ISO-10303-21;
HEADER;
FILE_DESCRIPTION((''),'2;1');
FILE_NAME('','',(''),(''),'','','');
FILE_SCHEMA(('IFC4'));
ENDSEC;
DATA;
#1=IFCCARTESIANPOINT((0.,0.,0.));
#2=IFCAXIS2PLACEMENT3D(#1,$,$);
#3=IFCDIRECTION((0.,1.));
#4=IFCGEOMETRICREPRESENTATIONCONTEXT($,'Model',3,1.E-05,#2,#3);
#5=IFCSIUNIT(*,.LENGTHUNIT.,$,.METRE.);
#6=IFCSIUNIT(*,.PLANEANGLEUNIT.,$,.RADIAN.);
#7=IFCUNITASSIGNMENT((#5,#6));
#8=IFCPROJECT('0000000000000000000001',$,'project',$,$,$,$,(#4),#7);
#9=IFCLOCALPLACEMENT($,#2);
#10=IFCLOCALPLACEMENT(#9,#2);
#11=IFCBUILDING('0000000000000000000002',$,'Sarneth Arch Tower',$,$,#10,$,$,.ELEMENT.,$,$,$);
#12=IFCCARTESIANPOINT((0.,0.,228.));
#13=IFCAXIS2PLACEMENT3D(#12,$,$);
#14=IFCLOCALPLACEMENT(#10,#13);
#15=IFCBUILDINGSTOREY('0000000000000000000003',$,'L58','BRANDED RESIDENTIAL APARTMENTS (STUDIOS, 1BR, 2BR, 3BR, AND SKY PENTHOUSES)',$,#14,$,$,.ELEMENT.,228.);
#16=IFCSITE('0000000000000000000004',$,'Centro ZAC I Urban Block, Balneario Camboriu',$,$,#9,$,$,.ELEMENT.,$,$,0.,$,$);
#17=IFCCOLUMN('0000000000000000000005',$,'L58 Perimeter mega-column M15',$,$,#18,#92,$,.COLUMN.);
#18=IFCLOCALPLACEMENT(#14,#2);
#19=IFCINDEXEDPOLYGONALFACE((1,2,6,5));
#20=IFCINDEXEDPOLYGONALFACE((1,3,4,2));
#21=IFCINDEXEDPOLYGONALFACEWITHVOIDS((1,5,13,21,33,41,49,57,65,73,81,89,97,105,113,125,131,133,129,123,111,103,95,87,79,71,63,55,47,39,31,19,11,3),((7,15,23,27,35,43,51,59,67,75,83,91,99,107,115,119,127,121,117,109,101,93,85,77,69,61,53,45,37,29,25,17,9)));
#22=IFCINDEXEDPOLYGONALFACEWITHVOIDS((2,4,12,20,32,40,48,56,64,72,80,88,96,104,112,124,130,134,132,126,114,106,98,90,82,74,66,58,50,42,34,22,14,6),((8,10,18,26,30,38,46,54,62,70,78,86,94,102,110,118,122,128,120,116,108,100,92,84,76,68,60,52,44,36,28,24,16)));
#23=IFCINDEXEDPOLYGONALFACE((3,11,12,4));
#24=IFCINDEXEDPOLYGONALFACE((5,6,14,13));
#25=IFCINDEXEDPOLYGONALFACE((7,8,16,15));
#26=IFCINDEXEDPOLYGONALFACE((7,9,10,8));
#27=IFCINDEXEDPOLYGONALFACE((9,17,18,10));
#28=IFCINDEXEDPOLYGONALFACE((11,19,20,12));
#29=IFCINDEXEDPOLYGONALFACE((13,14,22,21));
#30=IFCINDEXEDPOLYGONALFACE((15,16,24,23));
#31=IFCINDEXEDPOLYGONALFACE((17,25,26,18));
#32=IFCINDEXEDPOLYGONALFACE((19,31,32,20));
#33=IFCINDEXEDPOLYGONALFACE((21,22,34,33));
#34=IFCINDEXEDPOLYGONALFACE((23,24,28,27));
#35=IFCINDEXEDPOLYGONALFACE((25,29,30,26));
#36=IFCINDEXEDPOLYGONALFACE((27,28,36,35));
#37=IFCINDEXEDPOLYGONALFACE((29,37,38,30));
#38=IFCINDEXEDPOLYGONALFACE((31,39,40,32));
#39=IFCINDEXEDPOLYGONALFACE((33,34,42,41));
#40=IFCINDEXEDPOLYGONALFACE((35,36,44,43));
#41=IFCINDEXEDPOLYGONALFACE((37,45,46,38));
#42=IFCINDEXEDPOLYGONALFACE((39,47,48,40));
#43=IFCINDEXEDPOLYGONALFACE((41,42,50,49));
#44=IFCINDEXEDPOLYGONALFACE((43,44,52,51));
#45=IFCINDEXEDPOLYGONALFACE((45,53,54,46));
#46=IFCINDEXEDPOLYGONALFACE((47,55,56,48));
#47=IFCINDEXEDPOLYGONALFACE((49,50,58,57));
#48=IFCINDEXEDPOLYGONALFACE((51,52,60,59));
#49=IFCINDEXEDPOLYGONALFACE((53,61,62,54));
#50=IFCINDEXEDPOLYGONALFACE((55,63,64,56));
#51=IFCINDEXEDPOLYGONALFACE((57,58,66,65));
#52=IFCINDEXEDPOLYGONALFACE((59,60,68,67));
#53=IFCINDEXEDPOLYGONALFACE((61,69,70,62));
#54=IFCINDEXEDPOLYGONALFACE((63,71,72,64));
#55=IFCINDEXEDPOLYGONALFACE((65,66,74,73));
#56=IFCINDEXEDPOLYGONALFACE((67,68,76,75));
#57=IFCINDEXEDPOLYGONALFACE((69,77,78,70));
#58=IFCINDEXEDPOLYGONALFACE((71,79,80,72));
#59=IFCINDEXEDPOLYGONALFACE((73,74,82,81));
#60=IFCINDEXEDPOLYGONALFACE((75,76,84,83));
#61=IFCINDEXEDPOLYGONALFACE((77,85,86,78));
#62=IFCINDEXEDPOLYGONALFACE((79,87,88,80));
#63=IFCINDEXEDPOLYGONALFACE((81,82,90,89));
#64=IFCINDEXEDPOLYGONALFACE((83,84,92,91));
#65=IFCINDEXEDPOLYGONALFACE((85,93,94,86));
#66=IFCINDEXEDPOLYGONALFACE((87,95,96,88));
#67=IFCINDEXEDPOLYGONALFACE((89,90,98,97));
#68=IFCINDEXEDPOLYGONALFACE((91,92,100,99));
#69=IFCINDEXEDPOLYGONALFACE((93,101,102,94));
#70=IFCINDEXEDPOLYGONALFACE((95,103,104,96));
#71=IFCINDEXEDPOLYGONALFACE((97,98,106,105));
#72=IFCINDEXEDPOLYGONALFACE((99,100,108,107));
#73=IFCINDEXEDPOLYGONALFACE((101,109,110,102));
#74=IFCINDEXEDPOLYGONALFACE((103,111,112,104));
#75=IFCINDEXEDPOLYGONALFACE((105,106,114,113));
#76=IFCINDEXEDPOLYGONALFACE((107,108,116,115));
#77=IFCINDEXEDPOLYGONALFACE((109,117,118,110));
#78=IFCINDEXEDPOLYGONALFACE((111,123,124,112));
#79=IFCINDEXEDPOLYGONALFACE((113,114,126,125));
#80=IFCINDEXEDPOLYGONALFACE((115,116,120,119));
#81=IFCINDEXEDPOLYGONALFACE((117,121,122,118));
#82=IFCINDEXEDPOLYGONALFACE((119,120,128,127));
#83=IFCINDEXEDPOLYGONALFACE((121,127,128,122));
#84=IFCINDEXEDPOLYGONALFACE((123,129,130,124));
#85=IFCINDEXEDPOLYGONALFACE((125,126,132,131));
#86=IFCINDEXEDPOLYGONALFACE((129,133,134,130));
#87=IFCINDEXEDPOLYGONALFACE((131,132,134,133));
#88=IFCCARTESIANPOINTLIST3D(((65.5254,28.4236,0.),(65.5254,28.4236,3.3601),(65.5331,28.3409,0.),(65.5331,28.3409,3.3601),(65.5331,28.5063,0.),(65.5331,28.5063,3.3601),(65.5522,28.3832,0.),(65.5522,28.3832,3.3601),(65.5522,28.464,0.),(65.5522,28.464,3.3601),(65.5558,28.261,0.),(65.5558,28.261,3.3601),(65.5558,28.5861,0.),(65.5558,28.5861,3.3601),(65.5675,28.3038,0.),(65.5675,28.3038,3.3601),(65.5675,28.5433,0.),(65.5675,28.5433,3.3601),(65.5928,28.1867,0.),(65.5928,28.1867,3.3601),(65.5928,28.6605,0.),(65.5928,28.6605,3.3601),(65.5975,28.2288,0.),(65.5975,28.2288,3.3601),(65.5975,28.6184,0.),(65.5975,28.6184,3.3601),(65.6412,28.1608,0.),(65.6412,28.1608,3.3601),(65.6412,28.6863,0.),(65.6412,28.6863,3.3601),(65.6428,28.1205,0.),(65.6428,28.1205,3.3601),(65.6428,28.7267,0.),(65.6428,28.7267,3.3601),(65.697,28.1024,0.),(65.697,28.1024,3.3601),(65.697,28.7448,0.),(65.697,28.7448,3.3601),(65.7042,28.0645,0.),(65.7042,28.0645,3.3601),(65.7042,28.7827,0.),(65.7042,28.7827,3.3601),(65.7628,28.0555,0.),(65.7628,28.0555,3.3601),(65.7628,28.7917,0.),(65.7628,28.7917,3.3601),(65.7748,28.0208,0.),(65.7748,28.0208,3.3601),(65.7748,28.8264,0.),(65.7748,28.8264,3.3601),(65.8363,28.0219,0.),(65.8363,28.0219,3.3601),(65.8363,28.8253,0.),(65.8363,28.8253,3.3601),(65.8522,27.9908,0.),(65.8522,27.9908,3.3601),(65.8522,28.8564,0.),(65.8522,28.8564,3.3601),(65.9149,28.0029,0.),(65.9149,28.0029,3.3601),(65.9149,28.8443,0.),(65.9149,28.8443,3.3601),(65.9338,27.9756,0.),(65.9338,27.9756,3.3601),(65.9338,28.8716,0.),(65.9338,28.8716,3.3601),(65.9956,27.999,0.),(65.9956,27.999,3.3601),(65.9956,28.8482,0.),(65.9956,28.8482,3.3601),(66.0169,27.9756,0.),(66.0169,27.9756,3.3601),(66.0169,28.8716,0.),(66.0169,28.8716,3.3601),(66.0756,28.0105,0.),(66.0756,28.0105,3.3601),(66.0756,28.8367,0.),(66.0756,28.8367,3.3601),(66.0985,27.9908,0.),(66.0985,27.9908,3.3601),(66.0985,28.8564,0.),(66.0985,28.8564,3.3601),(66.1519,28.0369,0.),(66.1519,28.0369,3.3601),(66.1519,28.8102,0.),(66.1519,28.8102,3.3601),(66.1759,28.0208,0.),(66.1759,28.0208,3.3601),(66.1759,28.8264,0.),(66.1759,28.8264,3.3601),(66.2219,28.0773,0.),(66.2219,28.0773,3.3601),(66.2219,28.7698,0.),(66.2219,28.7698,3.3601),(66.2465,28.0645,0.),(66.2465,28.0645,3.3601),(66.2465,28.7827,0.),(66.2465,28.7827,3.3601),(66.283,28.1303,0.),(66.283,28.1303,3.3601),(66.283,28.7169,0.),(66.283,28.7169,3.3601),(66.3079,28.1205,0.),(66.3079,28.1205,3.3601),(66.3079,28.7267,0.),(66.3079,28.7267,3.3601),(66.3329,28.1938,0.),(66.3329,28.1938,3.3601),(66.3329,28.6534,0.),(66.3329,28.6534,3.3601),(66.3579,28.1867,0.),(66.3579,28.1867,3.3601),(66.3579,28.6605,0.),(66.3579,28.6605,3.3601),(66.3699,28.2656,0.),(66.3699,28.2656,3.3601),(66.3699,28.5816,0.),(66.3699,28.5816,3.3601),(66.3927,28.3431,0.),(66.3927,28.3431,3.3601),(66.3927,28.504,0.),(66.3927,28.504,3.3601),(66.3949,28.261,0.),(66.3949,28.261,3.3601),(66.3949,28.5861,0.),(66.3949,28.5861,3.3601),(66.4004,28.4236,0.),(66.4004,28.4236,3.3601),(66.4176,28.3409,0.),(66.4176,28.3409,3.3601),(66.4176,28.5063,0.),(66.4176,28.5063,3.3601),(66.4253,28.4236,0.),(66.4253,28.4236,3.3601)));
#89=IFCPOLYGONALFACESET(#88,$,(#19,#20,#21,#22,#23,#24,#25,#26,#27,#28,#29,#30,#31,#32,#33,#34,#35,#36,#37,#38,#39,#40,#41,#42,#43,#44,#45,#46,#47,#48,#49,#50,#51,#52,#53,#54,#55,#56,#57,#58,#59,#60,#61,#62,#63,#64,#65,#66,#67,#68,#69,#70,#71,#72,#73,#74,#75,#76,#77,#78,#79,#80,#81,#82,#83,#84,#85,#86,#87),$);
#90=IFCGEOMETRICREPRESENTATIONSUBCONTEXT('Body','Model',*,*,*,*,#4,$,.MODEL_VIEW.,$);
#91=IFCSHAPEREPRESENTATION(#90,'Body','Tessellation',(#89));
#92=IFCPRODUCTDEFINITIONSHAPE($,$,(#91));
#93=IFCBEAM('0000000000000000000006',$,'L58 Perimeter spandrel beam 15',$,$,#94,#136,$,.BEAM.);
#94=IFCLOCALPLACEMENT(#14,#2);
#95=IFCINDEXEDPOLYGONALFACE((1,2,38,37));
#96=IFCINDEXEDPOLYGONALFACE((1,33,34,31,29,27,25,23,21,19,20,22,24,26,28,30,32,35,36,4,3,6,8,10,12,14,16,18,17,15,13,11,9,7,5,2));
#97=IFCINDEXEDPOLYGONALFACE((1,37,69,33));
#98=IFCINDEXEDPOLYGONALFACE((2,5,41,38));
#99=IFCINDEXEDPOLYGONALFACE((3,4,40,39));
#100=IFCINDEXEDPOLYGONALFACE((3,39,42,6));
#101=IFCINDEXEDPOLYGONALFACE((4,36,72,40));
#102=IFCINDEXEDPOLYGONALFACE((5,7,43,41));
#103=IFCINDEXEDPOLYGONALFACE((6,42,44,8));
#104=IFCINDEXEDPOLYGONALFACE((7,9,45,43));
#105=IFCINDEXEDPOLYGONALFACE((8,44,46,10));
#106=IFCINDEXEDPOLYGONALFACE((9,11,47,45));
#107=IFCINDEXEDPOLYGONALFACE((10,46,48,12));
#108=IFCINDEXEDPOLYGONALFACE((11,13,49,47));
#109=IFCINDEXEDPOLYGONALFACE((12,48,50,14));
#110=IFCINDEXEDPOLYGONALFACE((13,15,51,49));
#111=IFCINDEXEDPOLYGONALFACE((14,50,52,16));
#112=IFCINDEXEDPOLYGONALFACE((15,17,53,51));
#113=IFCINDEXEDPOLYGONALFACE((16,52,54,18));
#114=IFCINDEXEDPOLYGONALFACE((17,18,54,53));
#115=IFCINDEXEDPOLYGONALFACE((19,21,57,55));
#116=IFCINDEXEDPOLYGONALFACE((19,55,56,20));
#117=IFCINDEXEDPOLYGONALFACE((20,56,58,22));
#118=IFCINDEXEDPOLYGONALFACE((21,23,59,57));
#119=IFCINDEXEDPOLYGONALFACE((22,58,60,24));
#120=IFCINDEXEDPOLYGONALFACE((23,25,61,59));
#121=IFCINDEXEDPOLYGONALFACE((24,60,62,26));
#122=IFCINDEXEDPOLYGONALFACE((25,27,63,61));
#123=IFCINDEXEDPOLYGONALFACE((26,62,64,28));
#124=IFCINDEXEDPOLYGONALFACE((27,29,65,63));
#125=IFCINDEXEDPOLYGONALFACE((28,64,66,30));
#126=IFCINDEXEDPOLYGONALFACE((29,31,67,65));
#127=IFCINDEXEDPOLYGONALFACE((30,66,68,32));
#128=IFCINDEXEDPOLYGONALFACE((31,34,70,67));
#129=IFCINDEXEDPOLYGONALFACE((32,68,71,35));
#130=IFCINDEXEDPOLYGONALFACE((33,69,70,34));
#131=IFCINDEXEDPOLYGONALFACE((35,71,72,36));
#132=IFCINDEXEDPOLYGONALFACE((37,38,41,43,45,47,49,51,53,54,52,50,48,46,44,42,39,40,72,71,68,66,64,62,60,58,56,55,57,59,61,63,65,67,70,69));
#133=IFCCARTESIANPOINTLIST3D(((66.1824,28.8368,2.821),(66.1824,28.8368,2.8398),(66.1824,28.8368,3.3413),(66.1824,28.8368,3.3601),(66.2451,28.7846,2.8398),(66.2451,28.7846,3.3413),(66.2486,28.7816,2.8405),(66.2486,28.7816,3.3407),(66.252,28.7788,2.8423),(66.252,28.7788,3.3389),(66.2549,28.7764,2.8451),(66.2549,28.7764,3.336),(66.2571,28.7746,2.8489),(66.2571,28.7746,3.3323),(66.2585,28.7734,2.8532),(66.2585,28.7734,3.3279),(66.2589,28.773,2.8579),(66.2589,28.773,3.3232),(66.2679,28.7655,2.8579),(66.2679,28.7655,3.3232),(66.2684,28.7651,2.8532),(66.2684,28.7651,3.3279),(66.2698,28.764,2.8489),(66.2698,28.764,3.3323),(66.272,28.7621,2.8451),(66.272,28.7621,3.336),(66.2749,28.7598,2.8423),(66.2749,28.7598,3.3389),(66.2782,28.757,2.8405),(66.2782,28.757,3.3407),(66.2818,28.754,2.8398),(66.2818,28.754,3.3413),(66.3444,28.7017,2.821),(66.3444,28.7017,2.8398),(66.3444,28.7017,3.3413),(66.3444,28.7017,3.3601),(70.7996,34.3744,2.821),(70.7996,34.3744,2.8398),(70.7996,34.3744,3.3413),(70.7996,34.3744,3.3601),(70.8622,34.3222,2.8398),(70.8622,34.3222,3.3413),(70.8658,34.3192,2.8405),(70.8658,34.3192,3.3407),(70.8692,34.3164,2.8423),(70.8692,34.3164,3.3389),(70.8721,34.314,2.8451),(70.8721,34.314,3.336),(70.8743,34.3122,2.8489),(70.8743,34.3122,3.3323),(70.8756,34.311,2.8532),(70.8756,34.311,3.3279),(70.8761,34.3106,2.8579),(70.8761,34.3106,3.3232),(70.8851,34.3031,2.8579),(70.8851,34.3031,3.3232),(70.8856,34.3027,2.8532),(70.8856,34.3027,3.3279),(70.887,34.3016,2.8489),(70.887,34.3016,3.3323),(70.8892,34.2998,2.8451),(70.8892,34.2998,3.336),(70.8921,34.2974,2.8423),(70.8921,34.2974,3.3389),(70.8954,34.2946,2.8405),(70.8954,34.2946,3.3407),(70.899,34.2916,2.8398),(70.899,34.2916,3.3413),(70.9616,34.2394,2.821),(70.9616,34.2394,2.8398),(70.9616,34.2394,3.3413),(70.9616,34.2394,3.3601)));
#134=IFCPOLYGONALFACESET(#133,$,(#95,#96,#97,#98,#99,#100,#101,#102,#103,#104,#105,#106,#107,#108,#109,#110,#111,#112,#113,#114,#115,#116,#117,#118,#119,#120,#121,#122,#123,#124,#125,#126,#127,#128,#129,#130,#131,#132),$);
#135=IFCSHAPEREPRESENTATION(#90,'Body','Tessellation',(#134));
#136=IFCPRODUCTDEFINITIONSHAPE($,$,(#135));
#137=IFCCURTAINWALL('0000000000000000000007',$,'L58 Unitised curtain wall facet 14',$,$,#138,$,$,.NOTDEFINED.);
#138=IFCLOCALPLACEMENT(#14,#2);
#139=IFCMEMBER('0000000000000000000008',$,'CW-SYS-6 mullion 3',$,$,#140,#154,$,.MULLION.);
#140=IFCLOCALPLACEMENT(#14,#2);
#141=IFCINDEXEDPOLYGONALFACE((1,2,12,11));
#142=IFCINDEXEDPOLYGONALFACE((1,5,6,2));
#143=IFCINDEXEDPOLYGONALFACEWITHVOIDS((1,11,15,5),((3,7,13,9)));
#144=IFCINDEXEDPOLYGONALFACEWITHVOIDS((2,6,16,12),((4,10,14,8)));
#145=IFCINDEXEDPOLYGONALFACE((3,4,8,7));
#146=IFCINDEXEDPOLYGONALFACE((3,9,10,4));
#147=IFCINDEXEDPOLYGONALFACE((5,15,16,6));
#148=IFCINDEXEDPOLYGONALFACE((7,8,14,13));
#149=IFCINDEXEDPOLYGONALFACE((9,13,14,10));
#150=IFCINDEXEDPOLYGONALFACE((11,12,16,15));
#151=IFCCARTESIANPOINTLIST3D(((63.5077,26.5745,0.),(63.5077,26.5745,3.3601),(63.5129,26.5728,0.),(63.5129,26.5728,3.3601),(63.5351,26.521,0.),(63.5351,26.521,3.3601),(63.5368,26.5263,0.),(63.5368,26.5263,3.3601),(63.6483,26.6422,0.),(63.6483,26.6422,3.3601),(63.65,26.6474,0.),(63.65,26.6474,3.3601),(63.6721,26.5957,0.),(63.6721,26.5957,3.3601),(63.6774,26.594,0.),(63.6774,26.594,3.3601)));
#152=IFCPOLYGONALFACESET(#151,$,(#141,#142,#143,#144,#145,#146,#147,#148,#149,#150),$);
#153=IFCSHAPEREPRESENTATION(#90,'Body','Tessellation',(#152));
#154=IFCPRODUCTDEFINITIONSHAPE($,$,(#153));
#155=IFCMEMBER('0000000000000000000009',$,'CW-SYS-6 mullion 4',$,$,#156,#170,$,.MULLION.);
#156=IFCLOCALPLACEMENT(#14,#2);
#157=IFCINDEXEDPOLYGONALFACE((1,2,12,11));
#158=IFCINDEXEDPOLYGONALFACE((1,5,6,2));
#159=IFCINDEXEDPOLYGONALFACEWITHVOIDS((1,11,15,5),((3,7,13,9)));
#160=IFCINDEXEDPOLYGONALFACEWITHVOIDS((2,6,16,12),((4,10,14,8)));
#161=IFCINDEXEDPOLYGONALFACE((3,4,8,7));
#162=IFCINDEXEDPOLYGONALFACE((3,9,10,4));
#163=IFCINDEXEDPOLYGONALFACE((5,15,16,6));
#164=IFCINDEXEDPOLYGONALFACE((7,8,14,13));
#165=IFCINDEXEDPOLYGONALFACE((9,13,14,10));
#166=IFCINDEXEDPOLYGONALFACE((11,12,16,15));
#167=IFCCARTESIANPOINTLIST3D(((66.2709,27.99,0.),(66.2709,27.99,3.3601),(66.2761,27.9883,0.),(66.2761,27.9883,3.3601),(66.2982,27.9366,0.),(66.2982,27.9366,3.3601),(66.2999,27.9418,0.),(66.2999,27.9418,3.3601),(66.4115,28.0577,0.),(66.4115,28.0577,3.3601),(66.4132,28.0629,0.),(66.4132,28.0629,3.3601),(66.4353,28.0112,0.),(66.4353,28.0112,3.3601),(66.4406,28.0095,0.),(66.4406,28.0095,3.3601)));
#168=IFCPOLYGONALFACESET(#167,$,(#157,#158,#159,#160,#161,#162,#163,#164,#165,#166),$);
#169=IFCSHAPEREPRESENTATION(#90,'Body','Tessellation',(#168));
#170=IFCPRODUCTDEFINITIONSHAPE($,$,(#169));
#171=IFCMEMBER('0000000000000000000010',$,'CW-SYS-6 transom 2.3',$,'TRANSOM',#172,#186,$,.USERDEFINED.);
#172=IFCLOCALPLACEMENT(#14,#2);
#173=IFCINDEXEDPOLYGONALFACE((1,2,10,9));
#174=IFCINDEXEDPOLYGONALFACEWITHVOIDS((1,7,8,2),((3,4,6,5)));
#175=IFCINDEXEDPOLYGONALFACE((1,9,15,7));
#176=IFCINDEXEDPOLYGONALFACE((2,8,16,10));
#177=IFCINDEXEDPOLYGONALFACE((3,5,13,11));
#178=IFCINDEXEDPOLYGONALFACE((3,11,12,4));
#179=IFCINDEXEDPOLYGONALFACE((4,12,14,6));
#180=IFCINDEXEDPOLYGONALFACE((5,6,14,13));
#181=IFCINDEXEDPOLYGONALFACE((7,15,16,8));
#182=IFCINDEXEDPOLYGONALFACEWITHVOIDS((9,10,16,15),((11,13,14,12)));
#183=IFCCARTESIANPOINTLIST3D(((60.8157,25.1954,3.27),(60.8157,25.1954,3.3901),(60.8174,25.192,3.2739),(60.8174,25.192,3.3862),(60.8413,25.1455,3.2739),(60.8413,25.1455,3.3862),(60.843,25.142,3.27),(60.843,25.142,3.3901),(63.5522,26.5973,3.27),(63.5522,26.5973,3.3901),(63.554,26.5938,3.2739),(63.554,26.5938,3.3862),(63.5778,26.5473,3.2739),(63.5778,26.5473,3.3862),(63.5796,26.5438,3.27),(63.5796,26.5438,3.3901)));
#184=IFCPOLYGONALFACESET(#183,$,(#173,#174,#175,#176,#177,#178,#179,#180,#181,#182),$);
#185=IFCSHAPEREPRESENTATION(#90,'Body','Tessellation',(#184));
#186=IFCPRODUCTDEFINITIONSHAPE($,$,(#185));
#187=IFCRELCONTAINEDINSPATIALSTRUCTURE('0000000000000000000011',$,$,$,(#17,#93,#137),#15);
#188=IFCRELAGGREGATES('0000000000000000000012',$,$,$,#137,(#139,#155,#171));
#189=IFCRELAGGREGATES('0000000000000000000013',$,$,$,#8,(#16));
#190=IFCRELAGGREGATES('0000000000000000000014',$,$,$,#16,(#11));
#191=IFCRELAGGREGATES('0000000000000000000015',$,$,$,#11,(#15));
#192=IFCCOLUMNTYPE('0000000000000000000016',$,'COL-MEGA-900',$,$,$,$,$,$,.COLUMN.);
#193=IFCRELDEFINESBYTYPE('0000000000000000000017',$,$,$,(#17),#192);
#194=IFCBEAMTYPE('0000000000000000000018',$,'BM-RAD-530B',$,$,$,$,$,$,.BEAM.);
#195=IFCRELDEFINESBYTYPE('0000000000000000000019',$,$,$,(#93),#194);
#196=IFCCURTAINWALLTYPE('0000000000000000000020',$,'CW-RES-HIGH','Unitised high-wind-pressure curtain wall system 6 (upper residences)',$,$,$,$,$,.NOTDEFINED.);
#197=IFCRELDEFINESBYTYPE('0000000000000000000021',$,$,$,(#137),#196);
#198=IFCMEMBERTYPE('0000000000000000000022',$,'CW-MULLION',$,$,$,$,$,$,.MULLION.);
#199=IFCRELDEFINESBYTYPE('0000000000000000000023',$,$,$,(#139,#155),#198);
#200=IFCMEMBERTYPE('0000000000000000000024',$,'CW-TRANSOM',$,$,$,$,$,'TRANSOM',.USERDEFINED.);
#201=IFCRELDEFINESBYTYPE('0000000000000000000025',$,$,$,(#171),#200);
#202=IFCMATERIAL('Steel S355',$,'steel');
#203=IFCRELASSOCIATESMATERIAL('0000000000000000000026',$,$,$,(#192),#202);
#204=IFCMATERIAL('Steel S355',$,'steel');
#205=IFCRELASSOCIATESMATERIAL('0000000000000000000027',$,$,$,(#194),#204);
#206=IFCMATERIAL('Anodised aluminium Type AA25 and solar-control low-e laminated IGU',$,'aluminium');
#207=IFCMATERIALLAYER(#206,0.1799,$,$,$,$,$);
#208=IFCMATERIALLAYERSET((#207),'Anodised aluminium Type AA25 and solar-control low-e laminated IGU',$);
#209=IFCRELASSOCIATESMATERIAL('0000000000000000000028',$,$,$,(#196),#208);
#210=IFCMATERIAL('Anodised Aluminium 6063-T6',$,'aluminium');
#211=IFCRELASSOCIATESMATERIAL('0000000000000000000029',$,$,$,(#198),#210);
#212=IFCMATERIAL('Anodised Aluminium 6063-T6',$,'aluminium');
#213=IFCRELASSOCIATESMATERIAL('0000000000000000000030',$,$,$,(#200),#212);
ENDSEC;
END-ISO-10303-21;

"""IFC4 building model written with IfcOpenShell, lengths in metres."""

from ifc_helpers import new_model, si_unit, direction, frame, origin, origin_2d, place, context, subcontext, project, spatial, hollow_rectangle, hollow_circle, i_section, extrude, material, layer, layer_set, material_profile, profile_set, type_object, element, aggregate, save


model = new_model("IFC4")

# Units and contexts
model_context = context("Model", 3, precision=1e-05, world=origin(), true_north=direction((0.0, 1.0)))
body_context = subcontext(model_context, "Body", "Model", "MODEL_VIEW")
ifc_project = project(units=[si_unit("LENGTHUNIT", "METRE"), si_unit("PLANEANGLEUNIT", "RADIAN")], contexts=[model_context])

# Site, building, storey
site_placement = place(None, origin())
site = spatial("IfcSite", under=ifc_project, at=site_placement, Name="Centro ZAC I Urban Block, Balneario Camboriu", CompositionType="ELEMENT", RefElevation=0.0)
building_placement = place(site_placement, origin())
building = spatial("IfcBuilding", under=site, at=building_placement, Name="Sarneth Arch Tower", CompositionType="ELEMENT")
storey_placement = place(building_placement, frame((0.0, 0.0, 228.0)))
storey = spatial("IfcBuildingStorey", under=building, at=storey_placement, Name="L58", Description="BRANDED RESIDENTIAL APARTMENTS (STUDIOS, 1BR, 2BR, 3BR, AND SKY PENTHOUSES)", CompositionType="ELEMENT", Elevation=228.0)

# Column
ifc_material_1 = material(Name="Steel S355", Category="steel")
ifc_material_profile_1 = material_profile(ifc_material_1, hollow_circle(Radius=0.45, WallThickness=0.0249, at=origin_2d()), Name="CHS900x25")
ifc_profile_set_1 = profile_set([ifc_material_profile_1], Name="Steel S355")
column_type = type_object("IfcColumnType", Name="COL-MEGA-900", PredefinedType="COLUMN", material=ifc_profile_set_1)
column_placement = place(storey_placement, frame((65.9753, 28.4236, 0.0), z_axis=(0.0, 0.0, 1.0), x_axis=(1.0, 0.0, 0.0)))
element("IfcColumn", 1, at=column_placement, inside=storey, type_object=column_type, Name="L58 Perimeter mega-column M15", PredefinedType="COLUMN", context=body_context, shape_type="SweptSolid", body=[
    extrude(hollow_circle(Radius=0.45, WallThickness=0.0249, at=origin_2d()), origin(), (0.0, 0.0, 1.0), 3.3601),
])

# Beam
ifc_material_2 = material(Name="Steel S355", Category="steel")
ifc_material_profile_2 = material_profile(ifc_material_2, i_section(OverallWidth=0.2109, OverallDepth=0.5391, WebThickness=0.0117, FlangeThickness=0.0188, FilletRadius=0.0181, at=origin_2d()), Name="W530x109")
ifc_profile_set_2 = profile_set([ifc_material_profile_2], Name="Steel S355")
beam_type = type_object("IfcBeamType", Name="BM-RAD-530B", PredefinedType="BEAM", material=ifc_profile_set_2)
beam_placement = place(storey_placement, frame((66.2634, 28.7693, 3.0906), z_axis=(0.640391, 0.768049, 0.0), x_axis=(-0.768049, 0.640391, 0.0)))
element("IfcBeam", 2, at=beam_placement, inside=storey, type_object=beam_type, Name="L58 Perimeter spandrel beam 15", PredefinedType="BEAM", context=body_context, shape_type="SweptSolid", body=[
    extrude(i_section(OverallWidth=0.2109, OverallDepth=0.5391, WebThickness=0.0117, FlangeThickness=0.0188, FilletRadius=0.0181, at=origin_2d()), origin(), (0.0, 0.0, 1.0), 7.21),
])

# Curtain wall, members
ifc_material_3 = material(Name="Anodised aluminium Type AA25 and solar-control low-e laminated IGU", Category="aluminium")
ifc_layer_1 = layer(ifc_material_3, 0.1799)
ifc_layer_set_1 = layer_set([ifc_layer_1], Name="Anodised aluminium Type AA25 and solar-control low-e laminated IGU")
curtain_wall_type = type_object("IfcCurtainWallType", Name="CW-RES-HIGH", Description="Unitised high-wind-pressure curtain wall system 6 (upper residences)", PredefinedType="NOTDEFINED", material=ifc_layer_set_1)
curtain_wall_placement = place(storey_placement, origin())
curtain_wall = element("IfcCurtainWall", 3, at=curtain_wall_placement, inside=storey, type_object=curtain_wall_type, Name="L58 Unitised curtain wall facet 14", PredefinedType="NOTDEFINED")
ifc_material_4 = material(Name="Anodised Aluminium 6063-T6", Category="aluminium")
ifc_material_profile_3 = material_profile(ifc_material_4, hollow_rectangle(XDim=0.0601, YDim=0.1599, WallThickness=0.0039, at=origin_2d()), Name="AL-MULL-160x60x4")
ifc_profile_set_3 = profile_set([ifc_material_profile_3], Name="Anodised Aluminium 6063-T6")
member_type_1 = type_object("IfcMemberType", Name="CW-MULLION", PredefinedType="MULLION", material=ifc_profile_set_3)
member_1_placement = place(storey_placement, frame((63.5925, 26.5842, 0.0), z_axis=(0.0, 0.0, 1.0), x_axis=(-0.455942, 0.89001, 0.0)))
member_1 = element("IfcMember", 4, at=member_1_placement, type_object=member_type_1, Name="CW-SYS-6 mullion 3", PredefinedType="MULLION", context=body_context, shape_type="SweptSolid", body=[
    extrude(hollow_rectangle(XDim=0.0601, YDim=0.1599, WallThickness=0.0039, at=origin_2d()), origin(), (0.0, 0.0, 1.0), 3.3601),
])
member_2_placement = place(storey_placement, frame((66.3557, 27.9998, 0.0), z_axis=(0.0, 0.0, 1.0), x_axis=(-0.455942, 0.89001, 0.0)))
member_2 = element("IfcMember", 5, at=member_2_placement, type_object=member_type_1, Name="CW-SYS-6 mullion 4", PredefinedType="MULLION", context=body_context, shape_type="SweptSolid", body=[
    extrude(hollow_rectangle(XDim=0.0601, YDim=0.1599, WallThickness=0.0039, at=origin_2d()), origin(), (0.0, 0.0, 1.0), 3.3601),
])
ifc_material_5 = material(Name="Anodised Aluminium 6063-T6", Category="aluminium")
ifc_material_profile_4 = material_profile(ifc_material_5, hollow_rectangle(XDim=0.0601, YDim=0.1201, WallThickness=0.0039, at=origin_2d()), Name="AL-TRAN-120x60x4")
ifc_profile_set_4 = profile_set([ifc_material_profile_4], Name="Anodised Aluminium 6063-T6")
member_type_2 = type_object("IfcMemberType", Name="CW-TRANSOM", ElementType="TRANSOM", PredefinedType="USERDEFINED", material=ifc_profile_set_4)
member_3_placement = place(storey_placement, frame((60.8293, 25.1687, 3.3301), z_axis=(0.890017, 0.455926, 0.0), x_axis=(-0.455926, 0.890017, 0.0)))
member_3 = element("IfcMember", 6, at=member_3_placement, type_object=member_type_2, Name="CW-SYS-6 transom 2.3", ObjectType="TRANSOM", PredefinedType="USERDEFINED", context=body_context, shape_type="SweptSolid", body=[
    extrude(hollow_rectangle(XDim=0.0601, YDim=0.1201, WallThickness=0.0039, at=origin_2d()), origin(), (0.0, 0.0, 1.0), 3.0747),
])

aggregate(curtain_wall, [member_1, member_2, member_3])

save(model, "model.ifc")
